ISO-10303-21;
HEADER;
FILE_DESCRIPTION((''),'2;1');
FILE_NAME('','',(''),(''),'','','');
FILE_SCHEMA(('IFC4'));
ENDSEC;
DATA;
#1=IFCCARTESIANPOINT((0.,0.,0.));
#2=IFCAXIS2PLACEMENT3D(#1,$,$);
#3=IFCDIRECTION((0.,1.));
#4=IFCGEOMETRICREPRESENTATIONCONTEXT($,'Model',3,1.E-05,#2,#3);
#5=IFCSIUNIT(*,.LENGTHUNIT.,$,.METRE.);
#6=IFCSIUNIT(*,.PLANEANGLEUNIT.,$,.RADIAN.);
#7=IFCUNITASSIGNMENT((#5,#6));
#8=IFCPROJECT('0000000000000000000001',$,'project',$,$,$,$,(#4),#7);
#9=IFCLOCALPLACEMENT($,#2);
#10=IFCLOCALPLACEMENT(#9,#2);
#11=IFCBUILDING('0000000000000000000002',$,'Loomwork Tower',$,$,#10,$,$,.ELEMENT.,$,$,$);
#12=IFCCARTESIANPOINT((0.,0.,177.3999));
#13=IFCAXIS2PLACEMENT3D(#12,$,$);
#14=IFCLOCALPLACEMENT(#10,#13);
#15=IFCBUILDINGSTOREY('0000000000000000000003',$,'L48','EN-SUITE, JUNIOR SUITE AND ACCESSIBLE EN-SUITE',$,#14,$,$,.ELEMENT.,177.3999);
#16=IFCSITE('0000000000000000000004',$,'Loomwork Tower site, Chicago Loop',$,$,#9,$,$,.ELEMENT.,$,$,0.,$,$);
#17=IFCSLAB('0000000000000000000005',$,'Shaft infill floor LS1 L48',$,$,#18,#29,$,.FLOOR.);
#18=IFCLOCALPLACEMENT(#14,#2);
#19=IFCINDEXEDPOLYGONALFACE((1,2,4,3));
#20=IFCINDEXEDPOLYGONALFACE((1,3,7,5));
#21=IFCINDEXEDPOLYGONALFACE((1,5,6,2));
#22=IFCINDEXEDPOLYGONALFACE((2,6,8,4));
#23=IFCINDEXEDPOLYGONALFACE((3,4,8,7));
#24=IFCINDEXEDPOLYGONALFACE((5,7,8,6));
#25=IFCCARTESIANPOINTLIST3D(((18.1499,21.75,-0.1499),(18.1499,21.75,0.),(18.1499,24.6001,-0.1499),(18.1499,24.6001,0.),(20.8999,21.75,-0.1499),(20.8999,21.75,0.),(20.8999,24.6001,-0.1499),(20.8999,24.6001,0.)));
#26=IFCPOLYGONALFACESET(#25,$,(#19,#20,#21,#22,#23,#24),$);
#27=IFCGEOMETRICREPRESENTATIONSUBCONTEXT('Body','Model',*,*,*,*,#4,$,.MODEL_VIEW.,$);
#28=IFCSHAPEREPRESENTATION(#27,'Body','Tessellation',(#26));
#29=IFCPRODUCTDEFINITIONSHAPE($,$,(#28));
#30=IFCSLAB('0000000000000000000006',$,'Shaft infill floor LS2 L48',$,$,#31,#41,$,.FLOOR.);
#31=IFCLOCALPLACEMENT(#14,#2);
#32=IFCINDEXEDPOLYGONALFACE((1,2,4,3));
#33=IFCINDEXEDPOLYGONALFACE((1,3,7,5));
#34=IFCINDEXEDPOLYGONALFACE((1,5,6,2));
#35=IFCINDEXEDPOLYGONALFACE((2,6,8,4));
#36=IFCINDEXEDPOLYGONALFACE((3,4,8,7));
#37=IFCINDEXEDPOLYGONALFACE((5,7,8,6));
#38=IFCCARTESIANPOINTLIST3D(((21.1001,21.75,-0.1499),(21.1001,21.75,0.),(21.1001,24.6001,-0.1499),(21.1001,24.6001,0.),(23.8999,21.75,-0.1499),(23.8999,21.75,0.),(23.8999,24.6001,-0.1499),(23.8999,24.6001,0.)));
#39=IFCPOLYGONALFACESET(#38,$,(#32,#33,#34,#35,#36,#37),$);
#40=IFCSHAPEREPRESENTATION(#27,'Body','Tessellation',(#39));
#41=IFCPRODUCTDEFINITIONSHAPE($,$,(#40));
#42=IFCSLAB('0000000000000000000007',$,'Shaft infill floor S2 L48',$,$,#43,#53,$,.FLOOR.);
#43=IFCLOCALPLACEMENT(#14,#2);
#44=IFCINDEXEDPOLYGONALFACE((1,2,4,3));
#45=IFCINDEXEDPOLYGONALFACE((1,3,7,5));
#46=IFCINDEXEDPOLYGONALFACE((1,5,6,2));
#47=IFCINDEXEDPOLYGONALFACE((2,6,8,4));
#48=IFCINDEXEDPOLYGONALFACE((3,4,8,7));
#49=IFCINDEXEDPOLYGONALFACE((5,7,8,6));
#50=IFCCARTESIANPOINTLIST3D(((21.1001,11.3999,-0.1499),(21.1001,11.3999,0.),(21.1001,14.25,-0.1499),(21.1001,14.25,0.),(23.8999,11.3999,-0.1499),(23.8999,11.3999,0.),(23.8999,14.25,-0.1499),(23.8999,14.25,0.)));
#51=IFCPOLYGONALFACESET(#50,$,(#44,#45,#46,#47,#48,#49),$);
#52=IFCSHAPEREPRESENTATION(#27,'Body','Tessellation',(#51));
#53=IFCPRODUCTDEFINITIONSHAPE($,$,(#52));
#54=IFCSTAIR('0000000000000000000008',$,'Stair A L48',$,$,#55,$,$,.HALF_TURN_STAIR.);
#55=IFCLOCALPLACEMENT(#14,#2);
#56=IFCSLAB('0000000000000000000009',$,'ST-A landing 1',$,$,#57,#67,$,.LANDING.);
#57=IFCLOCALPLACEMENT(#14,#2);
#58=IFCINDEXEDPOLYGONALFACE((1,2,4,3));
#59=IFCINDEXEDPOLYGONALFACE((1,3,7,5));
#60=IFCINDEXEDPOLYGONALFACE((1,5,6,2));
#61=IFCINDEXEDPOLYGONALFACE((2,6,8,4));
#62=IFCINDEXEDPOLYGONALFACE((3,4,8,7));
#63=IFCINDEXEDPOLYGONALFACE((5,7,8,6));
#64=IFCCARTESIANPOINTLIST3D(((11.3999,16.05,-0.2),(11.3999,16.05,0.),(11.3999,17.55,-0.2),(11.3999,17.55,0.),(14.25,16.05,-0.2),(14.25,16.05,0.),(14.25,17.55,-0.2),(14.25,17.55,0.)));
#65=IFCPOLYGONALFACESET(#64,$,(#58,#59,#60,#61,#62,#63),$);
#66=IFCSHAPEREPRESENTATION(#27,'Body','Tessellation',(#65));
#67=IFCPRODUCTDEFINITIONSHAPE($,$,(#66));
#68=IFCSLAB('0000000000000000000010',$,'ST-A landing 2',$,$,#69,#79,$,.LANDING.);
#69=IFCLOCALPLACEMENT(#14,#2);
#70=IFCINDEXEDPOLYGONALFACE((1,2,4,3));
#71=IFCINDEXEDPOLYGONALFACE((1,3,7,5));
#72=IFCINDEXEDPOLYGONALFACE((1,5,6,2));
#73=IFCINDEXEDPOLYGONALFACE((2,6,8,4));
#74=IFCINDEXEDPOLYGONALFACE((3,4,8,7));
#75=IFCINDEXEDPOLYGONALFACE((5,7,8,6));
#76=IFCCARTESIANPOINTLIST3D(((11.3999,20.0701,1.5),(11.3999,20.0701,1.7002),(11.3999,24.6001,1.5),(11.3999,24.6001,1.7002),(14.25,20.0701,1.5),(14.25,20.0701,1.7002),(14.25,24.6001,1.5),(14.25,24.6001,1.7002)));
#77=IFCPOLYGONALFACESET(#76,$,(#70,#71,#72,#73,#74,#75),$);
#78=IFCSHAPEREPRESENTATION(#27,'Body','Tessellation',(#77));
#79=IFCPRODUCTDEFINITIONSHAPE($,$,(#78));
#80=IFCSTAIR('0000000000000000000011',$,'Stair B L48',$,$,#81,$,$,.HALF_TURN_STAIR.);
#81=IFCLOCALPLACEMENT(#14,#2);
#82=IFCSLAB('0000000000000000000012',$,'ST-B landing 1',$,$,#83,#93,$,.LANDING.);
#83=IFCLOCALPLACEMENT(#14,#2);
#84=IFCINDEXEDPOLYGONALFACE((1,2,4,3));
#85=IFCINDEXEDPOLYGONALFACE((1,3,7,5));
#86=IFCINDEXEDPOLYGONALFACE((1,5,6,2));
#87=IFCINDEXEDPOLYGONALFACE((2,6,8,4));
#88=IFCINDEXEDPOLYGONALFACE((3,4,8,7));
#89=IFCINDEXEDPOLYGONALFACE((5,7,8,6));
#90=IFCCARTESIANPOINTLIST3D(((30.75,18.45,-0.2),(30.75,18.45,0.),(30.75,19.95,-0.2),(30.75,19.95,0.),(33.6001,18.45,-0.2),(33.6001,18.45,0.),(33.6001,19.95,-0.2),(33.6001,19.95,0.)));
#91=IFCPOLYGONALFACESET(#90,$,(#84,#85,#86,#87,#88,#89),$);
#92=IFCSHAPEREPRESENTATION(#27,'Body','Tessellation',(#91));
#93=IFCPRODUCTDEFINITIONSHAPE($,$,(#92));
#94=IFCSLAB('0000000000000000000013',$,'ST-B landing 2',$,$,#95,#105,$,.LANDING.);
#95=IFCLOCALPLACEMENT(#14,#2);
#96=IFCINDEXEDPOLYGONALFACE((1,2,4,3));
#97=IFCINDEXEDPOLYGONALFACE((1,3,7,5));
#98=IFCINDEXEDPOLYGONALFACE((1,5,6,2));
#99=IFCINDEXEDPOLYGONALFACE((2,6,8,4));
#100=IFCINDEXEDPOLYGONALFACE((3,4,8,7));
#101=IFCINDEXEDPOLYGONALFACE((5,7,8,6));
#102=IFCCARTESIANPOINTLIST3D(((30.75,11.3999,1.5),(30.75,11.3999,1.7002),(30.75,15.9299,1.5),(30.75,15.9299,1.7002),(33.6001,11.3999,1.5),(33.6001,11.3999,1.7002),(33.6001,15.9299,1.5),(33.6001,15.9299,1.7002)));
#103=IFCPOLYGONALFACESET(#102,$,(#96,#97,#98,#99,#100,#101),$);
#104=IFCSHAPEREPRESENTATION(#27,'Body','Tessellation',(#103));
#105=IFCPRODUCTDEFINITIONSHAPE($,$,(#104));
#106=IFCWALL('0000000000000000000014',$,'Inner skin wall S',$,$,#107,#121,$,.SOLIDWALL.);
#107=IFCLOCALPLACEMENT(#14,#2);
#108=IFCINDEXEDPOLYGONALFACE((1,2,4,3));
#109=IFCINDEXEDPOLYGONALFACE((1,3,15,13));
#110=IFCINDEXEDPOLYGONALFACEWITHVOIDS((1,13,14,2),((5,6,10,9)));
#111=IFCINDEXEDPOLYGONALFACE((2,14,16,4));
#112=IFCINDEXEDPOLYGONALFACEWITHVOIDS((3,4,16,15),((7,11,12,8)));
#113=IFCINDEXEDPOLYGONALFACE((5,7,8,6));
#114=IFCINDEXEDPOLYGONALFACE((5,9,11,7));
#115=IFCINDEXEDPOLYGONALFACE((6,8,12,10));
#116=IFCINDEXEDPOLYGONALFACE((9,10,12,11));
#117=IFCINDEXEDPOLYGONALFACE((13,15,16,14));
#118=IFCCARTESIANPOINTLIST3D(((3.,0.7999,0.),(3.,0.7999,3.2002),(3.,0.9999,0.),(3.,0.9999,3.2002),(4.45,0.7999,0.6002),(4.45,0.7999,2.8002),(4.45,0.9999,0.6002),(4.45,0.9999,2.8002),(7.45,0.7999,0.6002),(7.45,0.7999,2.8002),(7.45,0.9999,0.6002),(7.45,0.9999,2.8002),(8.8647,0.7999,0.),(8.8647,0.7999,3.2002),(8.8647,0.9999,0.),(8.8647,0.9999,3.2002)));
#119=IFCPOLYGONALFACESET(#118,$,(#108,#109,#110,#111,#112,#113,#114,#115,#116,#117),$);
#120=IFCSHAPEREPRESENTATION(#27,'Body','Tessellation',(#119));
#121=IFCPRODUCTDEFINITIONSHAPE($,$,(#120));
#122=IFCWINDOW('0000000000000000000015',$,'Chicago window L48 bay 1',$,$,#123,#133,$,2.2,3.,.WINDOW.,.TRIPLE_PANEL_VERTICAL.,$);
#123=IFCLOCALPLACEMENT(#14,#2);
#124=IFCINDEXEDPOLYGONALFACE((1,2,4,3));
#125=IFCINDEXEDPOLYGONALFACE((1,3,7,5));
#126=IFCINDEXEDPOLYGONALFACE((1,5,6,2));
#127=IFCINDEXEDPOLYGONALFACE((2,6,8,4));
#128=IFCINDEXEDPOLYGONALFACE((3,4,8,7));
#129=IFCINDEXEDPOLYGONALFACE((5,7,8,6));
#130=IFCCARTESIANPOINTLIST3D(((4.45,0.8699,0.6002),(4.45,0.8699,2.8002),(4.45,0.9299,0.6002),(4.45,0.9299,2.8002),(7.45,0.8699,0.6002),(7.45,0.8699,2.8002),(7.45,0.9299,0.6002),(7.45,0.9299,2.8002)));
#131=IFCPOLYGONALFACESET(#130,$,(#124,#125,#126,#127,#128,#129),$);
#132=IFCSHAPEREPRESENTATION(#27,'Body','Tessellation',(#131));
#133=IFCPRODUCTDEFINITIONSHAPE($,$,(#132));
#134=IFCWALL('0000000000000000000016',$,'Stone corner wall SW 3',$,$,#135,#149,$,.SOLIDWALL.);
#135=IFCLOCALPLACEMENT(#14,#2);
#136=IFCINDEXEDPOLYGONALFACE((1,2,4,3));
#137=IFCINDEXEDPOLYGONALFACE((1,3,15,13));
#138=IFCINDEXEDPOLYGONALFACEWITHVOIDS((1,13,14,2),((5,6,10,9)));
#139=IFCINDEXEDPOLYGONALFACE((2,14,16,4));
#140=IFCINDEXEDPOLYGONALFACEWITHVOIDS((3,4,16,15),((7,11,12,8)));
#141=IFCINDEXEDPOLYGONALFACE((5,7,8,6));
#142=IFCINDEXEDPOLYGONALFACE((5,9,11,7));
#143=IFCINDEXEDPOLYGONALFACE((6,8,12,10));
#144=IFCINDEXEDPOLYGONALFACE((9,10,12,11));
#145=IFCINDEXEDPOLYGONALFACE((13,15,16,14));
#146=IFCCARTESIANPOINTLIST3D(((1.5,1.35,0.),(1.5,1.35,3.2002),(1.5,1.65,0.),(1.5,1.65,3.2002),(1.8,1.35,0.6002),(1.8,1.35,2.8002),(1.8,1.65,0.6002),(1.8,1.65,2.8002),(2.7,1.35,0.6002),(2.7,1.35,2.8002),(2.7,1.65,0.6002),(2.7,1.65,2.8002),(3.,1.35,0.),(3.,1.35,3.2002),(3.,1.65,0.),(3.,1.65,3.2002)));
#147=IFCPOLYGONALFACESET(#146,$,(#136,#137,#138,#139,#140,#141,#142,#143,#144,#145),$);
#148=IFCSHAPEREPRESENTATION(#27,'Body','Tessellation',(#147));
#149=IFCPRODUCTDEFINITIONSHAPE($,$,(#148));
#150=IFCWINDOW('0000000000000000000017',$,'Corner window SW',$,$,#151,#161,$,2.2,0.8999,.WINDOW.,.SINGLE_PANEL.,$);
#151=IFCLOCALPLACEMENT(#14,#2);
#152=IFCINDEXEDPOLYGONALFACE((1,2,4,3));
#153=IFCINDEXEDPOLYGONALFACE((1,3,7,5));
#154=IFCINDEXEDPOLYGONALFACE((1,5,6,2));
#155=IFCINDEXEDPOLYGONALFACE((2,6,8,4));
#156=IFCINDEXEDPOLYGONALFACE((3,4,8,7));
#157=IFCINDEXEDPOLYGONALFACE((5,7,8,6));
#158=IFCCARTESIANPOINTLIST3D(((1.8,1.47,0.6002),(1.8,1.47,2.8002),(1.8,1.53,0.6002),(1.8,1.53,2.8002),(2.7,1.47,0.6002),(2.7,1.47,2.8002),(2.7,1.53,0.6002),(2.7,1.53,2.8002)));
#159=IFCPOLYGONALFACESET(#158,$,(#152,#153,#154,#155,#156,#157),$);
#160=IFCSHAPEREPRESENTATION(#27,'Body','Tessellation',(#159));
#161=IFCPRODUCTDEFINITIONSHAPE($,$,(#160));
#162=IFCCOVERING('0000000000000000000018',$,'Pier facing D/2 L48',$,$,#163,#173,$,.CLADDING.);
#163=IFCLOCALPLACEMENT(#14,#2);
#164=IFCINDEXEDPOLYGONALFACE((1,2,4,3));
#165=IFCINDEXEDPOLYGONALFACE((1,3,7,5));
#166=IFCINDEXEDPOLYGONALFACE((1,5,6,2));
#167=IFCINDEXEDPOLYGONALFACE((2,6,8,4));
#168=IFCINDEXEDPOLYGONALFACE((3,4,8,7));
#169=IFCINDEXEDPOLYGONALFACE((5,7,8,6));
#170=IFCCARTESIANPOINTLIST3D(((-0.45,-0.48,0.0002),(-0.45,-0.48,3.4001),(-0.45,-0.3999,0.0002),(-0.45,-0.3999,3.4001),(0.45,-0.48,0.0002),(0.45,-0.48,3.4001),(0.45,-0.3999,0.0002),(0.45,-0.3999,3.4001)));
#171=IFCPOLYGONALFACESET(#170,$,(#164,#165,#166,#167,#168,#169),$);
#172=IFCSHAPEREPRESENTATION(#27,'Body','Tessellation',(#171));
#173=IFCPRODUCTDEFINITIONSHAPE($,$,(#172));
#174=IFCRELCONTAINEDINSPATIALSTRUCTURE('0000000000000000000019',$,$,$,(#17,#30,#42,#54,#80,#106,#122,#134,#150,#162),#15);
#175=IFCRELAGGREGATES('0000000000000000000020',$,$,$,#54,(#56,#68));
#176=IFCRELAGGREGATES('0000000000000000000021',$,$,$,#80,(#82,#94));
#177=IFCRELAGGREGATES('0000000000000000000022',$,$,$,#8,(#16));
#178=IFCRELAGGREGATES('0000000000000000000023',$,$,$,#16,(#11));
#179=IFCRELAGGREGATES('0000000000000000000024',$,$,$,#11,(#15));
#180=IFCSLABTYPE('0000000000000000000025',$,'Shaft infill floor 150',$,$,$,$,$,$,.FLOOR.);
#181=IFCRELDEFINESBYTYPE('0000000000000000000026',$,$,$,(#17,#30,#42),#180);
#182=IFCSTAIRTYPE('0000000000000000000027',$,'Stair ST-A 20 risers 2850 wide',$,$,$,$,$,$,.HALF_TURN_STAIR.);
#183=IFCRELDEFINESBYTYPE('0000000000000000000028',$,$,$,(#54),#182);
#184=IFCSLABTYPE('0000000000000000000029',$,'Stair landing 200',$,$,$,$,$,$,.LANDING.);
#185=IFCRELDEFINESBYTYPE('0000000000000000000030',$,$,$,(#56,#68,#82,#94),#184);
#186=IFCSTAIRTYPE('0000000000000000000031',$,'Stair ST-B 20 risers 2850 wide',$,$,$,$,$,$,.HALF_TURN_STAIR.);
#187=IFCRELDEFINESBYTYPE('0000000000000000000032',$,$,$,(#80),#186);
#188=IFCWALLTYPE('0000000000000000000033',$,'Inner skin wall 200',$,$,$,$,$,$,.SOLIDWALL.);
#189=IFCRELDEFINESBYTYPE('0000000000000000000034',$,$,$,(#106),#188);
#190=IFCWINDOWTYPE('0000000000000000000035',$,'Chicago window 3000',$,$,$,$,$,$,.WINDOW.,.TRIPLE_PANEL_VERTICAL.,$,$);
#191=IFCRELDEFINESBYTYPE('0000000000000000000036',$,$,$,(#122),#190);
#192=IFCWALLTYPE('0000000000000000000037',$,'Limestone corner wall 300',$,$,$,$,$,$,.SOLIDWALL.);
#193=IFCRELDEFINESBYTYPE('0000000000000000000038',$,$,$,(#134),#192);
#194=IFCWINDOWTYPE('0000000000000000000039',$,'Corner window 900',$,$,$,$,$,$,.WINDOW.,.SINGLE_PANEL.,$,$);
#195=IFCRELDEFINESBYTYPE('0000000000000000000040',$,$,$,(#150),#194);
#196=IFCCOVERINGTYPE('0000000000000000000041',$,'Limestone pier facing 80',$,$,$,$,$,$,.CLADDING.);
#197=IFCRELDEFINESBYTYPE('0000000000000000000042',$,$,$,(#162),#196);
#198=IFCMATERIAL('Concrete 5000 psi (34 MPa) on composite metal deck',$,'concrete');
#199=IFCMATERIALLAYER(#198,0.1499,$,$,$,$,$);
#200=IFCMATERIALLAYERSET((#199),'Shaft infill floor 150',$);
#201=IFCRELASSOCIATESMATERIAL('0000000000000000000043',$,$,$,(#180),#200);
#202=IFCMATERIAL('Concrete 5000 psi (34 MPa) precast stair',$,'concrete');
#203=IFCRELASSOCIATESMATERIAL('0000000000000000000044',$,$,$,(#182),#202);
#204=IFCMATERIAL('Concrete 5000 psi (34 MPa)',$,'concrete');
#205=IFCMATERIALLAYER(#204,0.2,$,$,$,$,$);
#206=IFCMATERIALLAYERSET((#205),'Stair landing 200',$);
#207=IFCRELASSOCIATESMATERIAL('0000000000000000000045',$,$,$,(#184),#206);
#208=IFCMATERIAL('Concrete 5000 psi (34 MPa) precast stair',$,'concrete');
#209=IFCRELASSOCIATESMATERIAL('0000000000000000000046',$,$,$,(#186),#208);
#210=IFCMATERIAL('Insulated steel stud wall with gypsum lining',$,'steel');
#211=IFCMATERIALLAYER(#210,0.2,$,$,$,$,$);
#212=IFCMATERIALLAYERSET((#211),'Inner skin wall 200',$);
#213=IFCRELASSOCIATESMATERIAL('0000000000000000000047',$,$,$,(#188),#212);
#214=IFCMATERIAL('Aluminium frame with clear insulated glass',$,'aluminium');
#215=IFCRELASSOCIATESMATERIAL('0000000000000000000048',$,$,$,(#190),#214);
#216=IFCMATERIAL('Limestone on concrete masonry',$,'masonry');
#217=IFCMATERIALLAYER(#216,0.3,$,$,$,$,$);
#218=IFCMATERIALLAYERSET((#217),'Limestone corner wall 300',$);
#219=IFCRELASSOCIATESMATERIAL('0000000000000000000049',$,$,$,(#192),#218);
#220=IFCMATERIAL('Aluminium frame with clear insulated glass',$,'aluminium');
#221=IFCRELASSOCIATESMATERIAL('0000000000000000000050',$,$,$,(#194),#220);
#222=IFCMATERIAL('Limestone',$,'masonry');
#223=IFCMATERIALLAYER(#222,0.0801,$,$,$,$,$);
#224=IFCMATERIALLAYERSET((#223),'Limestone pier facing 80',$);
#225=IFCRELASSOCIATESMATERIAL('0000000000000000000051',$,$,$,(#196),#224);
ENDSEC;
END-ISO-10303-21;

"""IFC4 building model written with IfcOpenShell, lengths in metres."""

from ifc_helpers import new_model, si_unit, direction, frame, frame_2d, origin, origin_2d, place, context, subcontext, project, spatial, polyline, rectangle, outline, extrude, material, layer, layer_set, type_object, element, fill, aggregate, save


model = new_model("IFC4")

# Units and contexts
model_context = context("Model", 3, precision=1e-05, world=origin(), true_north=direction((0.0, 1.0)))
body_context = subcontext(model_context, "Body", "Model", "MODEL_VIEW")
ifc_project = project(units=[si_unit("LENGTHUNIT", "METRE"), si_unit("PLANEANGLEUNIT", "RADIAN")], contexts=[model_context])

# Site, building, storey
site_placement = place(None, origin())
site = spatial("IfcSite", under=ifc_project, at=site_placement, Name="Loomwork Tower site, Chicago Loop", CompositionType="ELEMENT", RefElevation=0.0)
building_placement = place(site_placement, origin())
building = spatial("IfcBuilding", under=site, at=building_placement, Name="Loomwork Tower", CompositionType="ELEMENT")
storey_placement = place(building_placement, frame((0.0, 0.0, 177.3999)))
storey = spatial("IfcBuildingStorey", under=building, at=storey_placement, Name="L48", Description="EN-SUITE, JUNIOR SUITE AND ACCESSIBLE EN-SUITE", CompositionType="ELEMENT", Elevation=177.3999)

# Slabs
ifc_material_1 = material(Name="Concrete 5000 psi (34 MPa) on composite metal deck", Category="concrete")
ifc_layer_1 = layer(ifc_material_1, 0.1499)
ifc_layer_set_1 = layer_set([ifc_layer_1], Name="Shaft infill floor 150")
slab_type_1 = type_object("IfcSlabType", Name="Shaft infill floor 150", PredefinedType="FLOOR", material=ifc_layer_set_1)
slab_1_placement = place(storey_placement, frame((0.0, 0.0, -0.1499)))
element("IfcSlab", 1, at=slab_1_placement, inside=storey, type_object=slab_type_1, Name="Shaft infill floor LS1 L48", PredefinedType="FLOOR", context=body_context, shape_type="SweptSolid", body=[
    extrude(outline(polyline([(18.1499, 21.75), (20.8999, 21.75), (20.8999, 24.6001), (18.1499, 24.6001), (18.1499, 21.75)])), origin(), (0.0, 0.0, 1.0), 0.1499),
])
slab_2_placement = place(storey_placement, frame((0.0, 0.0, -0.1499)))
element("IfcSlab", 2, at=slab_2_placement, inside=storey, type_object=slab_type_1, Name="Shaft infill floor LS2 L48", PredefinedType="FLOOR", context=body_context, shape_type="SweptSolid", body=[
    extrude(outline(polyline([(21.1001, 21.75), (23.8999, 21.75), (23.8999, 24.6001), (21.1001, 24.6001), (21.1001, 21.75)])), origin(), (0.0, 0.0, 1.0), 0.1499),
])
slab_3_placement = place(storey_placement, frame((0.0, 0.0, -0.1499)))
element("IfcSlab", 3, at=slab_3_placement, inside=storey, type_object=slab_type_1, Name="Shaft infill floor S2 L48", PredefinedType="FLOOR", context=body_context, shape_type="SweptSolid", body=[
    extrude(outline(polyline([(21.1001, 11.3999), (23.8999, 11.3999), (23.8999, 14.25), (21.1001, 14.25), (21.1001, 11.3999)])), origin(), (0.0, 0.0, 1.0), 0.1499),
])

# Stairs, slabs
ifc_material_2 = material(Name="Concrete 5000 psi (34 MPa) precast stair", Category="concrete")
stair_type_1 = type_object("IfcStairType", Name="Stair ST-A 20 risers 2850 wide", PredefinedType="HALF_TURN_STAIR", material=ifc_material_2)
stair_1_placement = place(storey_placement, origin())
stair_1 = element("IfcStair", 4, at=stair_1_placement, inside=storey, type_object=stair_type_1, Name="Stair A L48", PredefinedType="HALF_TURN_STAIR")
ifc_material_3 = material(Name="Concrete 5000 psi (34 MPa)", Category="concrete")
ifc_layer_2 = layer(ifc_material_3, 0.2)
ifc_layer_set_2 = layer_set([ifc_layer_2], Name="Stair landing 200")
slab_type_2 = type_object("IfcSlabType", Name="Stair landing 200", PredefinedType="LANDING", material=ifc_layer_set_2)
slab_4_placement = place(storey_placement, frame((0.0, 0.0, -0.2)))
slab_4 = element("IfcSlab", 5, at=slab_4_placement, type_object=slab_type_2, Name="ST-A landing 1", PredefinedType="LANDING", context=body_context, shape_type="SweptSolid", body=[
    extrude(outline(polyline([(11.3999, 16.05), (14.25, 16.05), (14.25, 17.55), (11.3999, 17.55), (11.3999, 16.05)])), origin(), (0.0, 0.0, 1.0), 0.2),
])
slab_5_placement = place(storey_placement, frame((0.0, 0.0, 1.5)))
slab_5 = element("IfcSlab", 6, at=slab_5_placement, type_object=slab_type_2, Name="ST-A landing 2", PredefinedType="LANDING", context=body_context, shape_type="SweptSolid", body=[
    extrude(outline(polyline([(11.3999, 20.0701), (14.25, 20.0701), (14.25, 24.6001), (11.3999, 24.6001), (11.3999, 20.0701)])), origin(), (0.0, 0.0, 1.0), 0.2002),
])
aggregate(stair_1, [slab_4, slab_5])
ifc_material_4 = material(Name="Concrete 5000 psi (34 MPa) precast stair", Category="concrete")
stair_type_2 = type_object("IfcStairType", Name="Stair ST-B 20 risers 2850 wide", PredefinedType="HALF_TURN_STAIR", material=ifc_material_4)
stair_2_placement = place(storey_placement, origin())
stair_2 = element("IfcStair", 7, at=stair_2_placement, inside=storey, type_object=stair_type_2, Name="Stair B L48", PredefinedType="HALF_TURN_STAIR")
slab_6_placement = place(storey_placement, frame((0.0, 0.0, -0.2)))
slab_6 = element("IfcSlab", 8, at=slab_6_placement, type_object=slab_type_2, Name="ST-B landing 1", PredefinedType="LANDING", context=body_context, shape_type="SweptSolid", body=[
    extrude(outline(polyline([(30.75, 18.45), (33.6001, 18.45), (33.6001, 19.95), (30.75, 19.95), (30.75, 18.45)])), origin(), (0.0, 0.0, 1.0), 0.2),
])
slab_7_placement = place(storey_placement, frame((0.0, 0.0, 1.5)))
slab_7 = element("IfcSlab", 9, at=slab_7_placement, type_object=slab_type_2, Name="ST-B landing 2", PredefinedType="LANDING", context=body_context, shape_type="SweptSolid", body=[
    extrude(outline(polyline([(30.75, 11.3999), (33.6001, 11.3999), (33.6001, 15.9299), (30.75, 15.9299), (30.75, 11.3999)])), origin(), (0.0, 0.0, 1.0), 0.2002),
])
aggregate(stair_2, [slab_6, slab_7])

# Walls, openings, windows
ifc_material_5 = material(Name="Insulated steel stud wall with gypsum lining", Category="steel")
ifc_layer_3 = layer(ifc_material_5, 0.2)
ifc_layer_set_3 = layer_set([ifc_layer_3], Name="Inner skin wall 200")
wall_type_1 = type_object("IfcWallType", Name="Inner skin wall 200", PredefinedType="SOLIDWALL", material=ifc_layer_set_3)
wall_1_placement = place(storey_placement, frame((3.0, 0.8999, 0.0), z_axis=(0.0, 0.0, 1.0), x_axis=(1.0, 0.0, 0.0)))
wall_1 = element("IfcWall", 10, at=wall_1_placement, inside=storey, type_object=wall_type_1, Name="Inner skin wall S", PredefinedType="SOLIDWALL", context=body_context, shape_type="SweptSolid", body=[
    extrude(rectangle(XDim=5.8647, YDim=0.2, at=frame_2d((2.9324, 0.0))), origin(), (0.0, 0.0, 1.0), 3.2002),
])
opening_1_placement = place(wall_1_placement, frame((1.45, 0.0, 0.6001)))
opening_1 = element("IfcOpeningElement", 11, at=opening_1_placement, cuts=wall_1, PredefinedType="OPENING", context=body_context, shape_type="SweptSolid", body=[
    extrude(rectangle(XDim=3.0, YDim=2.2, at=frame_2d((1.5, 1.1001))), frame((0.0, 0.1099, 0.0), z_axis=(0.0, -1.0, 0.0), x_axis=(1.0, 0.0, 0.0)), (0.0, 0.0, 1.0), 0.22),
])
ifc_material_6 = material(Name="Aluminium frame with clear insulated glass", Category="aluminium")
window_type_1 = type_object("IfcWindowType", Name="Chicago window 3000", PartitioningType="TRIPLE_PANEL_VERTICAL", PredefinedType="WINDOW", material=ifc_material_6)
window_1_placement = place(opening_1_placement, origin())
window_1 = element("IfcWindow", 12, at=window_1_placement, inside=storey, type_object=window_type_1, Name="Chicago window L48 bay 1", OverallHeight=2.2, OverallWidth=3.0, PartitioningType="TRIPLE_PANEL_VERTICAL", PredefinedType="WINDOW", context=body_context, shape_type="SweptSolid", body=[
    extrude(rectangle(XDim=3.0, YDim=2.2, at=frame_2d((1.5, 1.1001))), frame((0.0, 0.03, 0.0), z_axis=(0.0, -1.0, 0.0), x_axis=(1.0, 0.0, 0.0)), (0.0, 0.0, 1.0), 0.0601),
])
fill(opening_1, window_1)
ifc_material_7 = material(Name="Limestone on concrete masonry", Category="masonry")
ifc_layer_4 = layer(ifc_material_7, 0.3)
ifc_layer_set_4 = layer_set([ifc_layer_4], Name="Limestone corner wall 300")
wall_type_2 = type_object("IfcWallType", Name="Limestone corner wall 300", PredefinedType="SOLIDWALL", material=ifc_layer_set_4)
wall_2_placement = place(storey_placement, frame((1.5, 1.5, 0.0), z_axis=(0.0, 0.0, 1.0), x_axis=(1.0, 0.0, 0.0)))
wall_2 = element("IfcWall", 13, at=wall_2_placement, inside=storey, type_object=wall_type_2, Name="Stone corner wall SW 3", PredefinedType="SOLIDWALL", context=body_context, shape_type="SweptSolid", body=[
    extrude(rectangle(XDim=1.5, YDim=0.3, at=frame_2d((0.75, 0.0))), origin(), (0.0, 0.0, 1.0), 3.2002),
])
opening_2_placement = place(wall_2_placement, frame((0.3, 0.0, 0.6001)))
opening_2 = element("IfcOpeningElement", 14, at=opening_2_placement, cuts=wall_2, PredefinedType="OPENING", context=body_context, shape_type="SweptSolid", body=[
    extrude(rectangle(XDim=0.8999, YDim=2.2, at=frame_2d((0.45, 1.1001))), frame((0.0, 0.1599, 0.0), z_axis=(0.0, -1.0, 0.0), x_axis=(1.0, 0.0, 0.0)), (0.0, 0.0, 1.0), 0.3201),
])
ifc_material_8 = material(Name="Aluminium frame with clear insulated glass", Category="aluminium")
window_type_2 = type_object("IfcWindowType", Name="Corner window 900", PartitioningType="SINGLE_PANEL", PredefinedType="WINDOW", material=ifc_material_8)
window_2_placement = place(opening_2_placement, origin())
window_2 = element("IfcWindow", 15, at=window_2_placement, inside=storey, type_object=window_type_2, Name="Corner window SW", OverallHeight=2.2, OverallWidth=0.8999, PartitioningType="SINGLE_PANEL", PredefinedType="WINDOW", context=body_context, shape_type="SweptSolid", body=[
    extrude(rectangle(XDim=0.8999, YDim=2.2, at=frame_2d((0.45, 1.1001))), frame((0.0, 0.03, 0.0), z_axis=(0.0, -1.0, 0.0), x_axis=(1.0, 0.0, 0.0)), (0.0, 0.0, 1.0), 0.0601),
])
fill(opening_2, window_2)

# Covering
ifc_material_9 = material(Name="Limestone", Category="masonry")
ifc_layer_5 = layer(ifc_material_9, 0.0801)
ifc_layer_set_5 = layer_set([ifc_layer_5], Name="Limestone pier facing 80")
covering_type_1 = type_object("IfcCoveringType", Name="Limestone pier facing 80", PredefinedType="CLADDING", material=ifc_layer_set_5)
covering_1_placement = place(storey_placement, frame((0.0, -0.4399, 0.0002), z_axis=(0.0, 0.0, 1.0), x_axis=(1.0, 0.0, 0.0)))
element("IfcCovering", 16, at=covering_1_placement, inside=storey, type_object=covering_type_1, Name="Pier facing D/2 L48", PredefinedType="CLADDING", context=body_context, shape_type="SweptSolid", body=[
    extrude(rectangle(XDim=0.8999, YDim=0.0801, at=origin_2d()), origin(), (0.0, 0.0, 1.0), 3.3999),
])

save(model, "model.ifc")
